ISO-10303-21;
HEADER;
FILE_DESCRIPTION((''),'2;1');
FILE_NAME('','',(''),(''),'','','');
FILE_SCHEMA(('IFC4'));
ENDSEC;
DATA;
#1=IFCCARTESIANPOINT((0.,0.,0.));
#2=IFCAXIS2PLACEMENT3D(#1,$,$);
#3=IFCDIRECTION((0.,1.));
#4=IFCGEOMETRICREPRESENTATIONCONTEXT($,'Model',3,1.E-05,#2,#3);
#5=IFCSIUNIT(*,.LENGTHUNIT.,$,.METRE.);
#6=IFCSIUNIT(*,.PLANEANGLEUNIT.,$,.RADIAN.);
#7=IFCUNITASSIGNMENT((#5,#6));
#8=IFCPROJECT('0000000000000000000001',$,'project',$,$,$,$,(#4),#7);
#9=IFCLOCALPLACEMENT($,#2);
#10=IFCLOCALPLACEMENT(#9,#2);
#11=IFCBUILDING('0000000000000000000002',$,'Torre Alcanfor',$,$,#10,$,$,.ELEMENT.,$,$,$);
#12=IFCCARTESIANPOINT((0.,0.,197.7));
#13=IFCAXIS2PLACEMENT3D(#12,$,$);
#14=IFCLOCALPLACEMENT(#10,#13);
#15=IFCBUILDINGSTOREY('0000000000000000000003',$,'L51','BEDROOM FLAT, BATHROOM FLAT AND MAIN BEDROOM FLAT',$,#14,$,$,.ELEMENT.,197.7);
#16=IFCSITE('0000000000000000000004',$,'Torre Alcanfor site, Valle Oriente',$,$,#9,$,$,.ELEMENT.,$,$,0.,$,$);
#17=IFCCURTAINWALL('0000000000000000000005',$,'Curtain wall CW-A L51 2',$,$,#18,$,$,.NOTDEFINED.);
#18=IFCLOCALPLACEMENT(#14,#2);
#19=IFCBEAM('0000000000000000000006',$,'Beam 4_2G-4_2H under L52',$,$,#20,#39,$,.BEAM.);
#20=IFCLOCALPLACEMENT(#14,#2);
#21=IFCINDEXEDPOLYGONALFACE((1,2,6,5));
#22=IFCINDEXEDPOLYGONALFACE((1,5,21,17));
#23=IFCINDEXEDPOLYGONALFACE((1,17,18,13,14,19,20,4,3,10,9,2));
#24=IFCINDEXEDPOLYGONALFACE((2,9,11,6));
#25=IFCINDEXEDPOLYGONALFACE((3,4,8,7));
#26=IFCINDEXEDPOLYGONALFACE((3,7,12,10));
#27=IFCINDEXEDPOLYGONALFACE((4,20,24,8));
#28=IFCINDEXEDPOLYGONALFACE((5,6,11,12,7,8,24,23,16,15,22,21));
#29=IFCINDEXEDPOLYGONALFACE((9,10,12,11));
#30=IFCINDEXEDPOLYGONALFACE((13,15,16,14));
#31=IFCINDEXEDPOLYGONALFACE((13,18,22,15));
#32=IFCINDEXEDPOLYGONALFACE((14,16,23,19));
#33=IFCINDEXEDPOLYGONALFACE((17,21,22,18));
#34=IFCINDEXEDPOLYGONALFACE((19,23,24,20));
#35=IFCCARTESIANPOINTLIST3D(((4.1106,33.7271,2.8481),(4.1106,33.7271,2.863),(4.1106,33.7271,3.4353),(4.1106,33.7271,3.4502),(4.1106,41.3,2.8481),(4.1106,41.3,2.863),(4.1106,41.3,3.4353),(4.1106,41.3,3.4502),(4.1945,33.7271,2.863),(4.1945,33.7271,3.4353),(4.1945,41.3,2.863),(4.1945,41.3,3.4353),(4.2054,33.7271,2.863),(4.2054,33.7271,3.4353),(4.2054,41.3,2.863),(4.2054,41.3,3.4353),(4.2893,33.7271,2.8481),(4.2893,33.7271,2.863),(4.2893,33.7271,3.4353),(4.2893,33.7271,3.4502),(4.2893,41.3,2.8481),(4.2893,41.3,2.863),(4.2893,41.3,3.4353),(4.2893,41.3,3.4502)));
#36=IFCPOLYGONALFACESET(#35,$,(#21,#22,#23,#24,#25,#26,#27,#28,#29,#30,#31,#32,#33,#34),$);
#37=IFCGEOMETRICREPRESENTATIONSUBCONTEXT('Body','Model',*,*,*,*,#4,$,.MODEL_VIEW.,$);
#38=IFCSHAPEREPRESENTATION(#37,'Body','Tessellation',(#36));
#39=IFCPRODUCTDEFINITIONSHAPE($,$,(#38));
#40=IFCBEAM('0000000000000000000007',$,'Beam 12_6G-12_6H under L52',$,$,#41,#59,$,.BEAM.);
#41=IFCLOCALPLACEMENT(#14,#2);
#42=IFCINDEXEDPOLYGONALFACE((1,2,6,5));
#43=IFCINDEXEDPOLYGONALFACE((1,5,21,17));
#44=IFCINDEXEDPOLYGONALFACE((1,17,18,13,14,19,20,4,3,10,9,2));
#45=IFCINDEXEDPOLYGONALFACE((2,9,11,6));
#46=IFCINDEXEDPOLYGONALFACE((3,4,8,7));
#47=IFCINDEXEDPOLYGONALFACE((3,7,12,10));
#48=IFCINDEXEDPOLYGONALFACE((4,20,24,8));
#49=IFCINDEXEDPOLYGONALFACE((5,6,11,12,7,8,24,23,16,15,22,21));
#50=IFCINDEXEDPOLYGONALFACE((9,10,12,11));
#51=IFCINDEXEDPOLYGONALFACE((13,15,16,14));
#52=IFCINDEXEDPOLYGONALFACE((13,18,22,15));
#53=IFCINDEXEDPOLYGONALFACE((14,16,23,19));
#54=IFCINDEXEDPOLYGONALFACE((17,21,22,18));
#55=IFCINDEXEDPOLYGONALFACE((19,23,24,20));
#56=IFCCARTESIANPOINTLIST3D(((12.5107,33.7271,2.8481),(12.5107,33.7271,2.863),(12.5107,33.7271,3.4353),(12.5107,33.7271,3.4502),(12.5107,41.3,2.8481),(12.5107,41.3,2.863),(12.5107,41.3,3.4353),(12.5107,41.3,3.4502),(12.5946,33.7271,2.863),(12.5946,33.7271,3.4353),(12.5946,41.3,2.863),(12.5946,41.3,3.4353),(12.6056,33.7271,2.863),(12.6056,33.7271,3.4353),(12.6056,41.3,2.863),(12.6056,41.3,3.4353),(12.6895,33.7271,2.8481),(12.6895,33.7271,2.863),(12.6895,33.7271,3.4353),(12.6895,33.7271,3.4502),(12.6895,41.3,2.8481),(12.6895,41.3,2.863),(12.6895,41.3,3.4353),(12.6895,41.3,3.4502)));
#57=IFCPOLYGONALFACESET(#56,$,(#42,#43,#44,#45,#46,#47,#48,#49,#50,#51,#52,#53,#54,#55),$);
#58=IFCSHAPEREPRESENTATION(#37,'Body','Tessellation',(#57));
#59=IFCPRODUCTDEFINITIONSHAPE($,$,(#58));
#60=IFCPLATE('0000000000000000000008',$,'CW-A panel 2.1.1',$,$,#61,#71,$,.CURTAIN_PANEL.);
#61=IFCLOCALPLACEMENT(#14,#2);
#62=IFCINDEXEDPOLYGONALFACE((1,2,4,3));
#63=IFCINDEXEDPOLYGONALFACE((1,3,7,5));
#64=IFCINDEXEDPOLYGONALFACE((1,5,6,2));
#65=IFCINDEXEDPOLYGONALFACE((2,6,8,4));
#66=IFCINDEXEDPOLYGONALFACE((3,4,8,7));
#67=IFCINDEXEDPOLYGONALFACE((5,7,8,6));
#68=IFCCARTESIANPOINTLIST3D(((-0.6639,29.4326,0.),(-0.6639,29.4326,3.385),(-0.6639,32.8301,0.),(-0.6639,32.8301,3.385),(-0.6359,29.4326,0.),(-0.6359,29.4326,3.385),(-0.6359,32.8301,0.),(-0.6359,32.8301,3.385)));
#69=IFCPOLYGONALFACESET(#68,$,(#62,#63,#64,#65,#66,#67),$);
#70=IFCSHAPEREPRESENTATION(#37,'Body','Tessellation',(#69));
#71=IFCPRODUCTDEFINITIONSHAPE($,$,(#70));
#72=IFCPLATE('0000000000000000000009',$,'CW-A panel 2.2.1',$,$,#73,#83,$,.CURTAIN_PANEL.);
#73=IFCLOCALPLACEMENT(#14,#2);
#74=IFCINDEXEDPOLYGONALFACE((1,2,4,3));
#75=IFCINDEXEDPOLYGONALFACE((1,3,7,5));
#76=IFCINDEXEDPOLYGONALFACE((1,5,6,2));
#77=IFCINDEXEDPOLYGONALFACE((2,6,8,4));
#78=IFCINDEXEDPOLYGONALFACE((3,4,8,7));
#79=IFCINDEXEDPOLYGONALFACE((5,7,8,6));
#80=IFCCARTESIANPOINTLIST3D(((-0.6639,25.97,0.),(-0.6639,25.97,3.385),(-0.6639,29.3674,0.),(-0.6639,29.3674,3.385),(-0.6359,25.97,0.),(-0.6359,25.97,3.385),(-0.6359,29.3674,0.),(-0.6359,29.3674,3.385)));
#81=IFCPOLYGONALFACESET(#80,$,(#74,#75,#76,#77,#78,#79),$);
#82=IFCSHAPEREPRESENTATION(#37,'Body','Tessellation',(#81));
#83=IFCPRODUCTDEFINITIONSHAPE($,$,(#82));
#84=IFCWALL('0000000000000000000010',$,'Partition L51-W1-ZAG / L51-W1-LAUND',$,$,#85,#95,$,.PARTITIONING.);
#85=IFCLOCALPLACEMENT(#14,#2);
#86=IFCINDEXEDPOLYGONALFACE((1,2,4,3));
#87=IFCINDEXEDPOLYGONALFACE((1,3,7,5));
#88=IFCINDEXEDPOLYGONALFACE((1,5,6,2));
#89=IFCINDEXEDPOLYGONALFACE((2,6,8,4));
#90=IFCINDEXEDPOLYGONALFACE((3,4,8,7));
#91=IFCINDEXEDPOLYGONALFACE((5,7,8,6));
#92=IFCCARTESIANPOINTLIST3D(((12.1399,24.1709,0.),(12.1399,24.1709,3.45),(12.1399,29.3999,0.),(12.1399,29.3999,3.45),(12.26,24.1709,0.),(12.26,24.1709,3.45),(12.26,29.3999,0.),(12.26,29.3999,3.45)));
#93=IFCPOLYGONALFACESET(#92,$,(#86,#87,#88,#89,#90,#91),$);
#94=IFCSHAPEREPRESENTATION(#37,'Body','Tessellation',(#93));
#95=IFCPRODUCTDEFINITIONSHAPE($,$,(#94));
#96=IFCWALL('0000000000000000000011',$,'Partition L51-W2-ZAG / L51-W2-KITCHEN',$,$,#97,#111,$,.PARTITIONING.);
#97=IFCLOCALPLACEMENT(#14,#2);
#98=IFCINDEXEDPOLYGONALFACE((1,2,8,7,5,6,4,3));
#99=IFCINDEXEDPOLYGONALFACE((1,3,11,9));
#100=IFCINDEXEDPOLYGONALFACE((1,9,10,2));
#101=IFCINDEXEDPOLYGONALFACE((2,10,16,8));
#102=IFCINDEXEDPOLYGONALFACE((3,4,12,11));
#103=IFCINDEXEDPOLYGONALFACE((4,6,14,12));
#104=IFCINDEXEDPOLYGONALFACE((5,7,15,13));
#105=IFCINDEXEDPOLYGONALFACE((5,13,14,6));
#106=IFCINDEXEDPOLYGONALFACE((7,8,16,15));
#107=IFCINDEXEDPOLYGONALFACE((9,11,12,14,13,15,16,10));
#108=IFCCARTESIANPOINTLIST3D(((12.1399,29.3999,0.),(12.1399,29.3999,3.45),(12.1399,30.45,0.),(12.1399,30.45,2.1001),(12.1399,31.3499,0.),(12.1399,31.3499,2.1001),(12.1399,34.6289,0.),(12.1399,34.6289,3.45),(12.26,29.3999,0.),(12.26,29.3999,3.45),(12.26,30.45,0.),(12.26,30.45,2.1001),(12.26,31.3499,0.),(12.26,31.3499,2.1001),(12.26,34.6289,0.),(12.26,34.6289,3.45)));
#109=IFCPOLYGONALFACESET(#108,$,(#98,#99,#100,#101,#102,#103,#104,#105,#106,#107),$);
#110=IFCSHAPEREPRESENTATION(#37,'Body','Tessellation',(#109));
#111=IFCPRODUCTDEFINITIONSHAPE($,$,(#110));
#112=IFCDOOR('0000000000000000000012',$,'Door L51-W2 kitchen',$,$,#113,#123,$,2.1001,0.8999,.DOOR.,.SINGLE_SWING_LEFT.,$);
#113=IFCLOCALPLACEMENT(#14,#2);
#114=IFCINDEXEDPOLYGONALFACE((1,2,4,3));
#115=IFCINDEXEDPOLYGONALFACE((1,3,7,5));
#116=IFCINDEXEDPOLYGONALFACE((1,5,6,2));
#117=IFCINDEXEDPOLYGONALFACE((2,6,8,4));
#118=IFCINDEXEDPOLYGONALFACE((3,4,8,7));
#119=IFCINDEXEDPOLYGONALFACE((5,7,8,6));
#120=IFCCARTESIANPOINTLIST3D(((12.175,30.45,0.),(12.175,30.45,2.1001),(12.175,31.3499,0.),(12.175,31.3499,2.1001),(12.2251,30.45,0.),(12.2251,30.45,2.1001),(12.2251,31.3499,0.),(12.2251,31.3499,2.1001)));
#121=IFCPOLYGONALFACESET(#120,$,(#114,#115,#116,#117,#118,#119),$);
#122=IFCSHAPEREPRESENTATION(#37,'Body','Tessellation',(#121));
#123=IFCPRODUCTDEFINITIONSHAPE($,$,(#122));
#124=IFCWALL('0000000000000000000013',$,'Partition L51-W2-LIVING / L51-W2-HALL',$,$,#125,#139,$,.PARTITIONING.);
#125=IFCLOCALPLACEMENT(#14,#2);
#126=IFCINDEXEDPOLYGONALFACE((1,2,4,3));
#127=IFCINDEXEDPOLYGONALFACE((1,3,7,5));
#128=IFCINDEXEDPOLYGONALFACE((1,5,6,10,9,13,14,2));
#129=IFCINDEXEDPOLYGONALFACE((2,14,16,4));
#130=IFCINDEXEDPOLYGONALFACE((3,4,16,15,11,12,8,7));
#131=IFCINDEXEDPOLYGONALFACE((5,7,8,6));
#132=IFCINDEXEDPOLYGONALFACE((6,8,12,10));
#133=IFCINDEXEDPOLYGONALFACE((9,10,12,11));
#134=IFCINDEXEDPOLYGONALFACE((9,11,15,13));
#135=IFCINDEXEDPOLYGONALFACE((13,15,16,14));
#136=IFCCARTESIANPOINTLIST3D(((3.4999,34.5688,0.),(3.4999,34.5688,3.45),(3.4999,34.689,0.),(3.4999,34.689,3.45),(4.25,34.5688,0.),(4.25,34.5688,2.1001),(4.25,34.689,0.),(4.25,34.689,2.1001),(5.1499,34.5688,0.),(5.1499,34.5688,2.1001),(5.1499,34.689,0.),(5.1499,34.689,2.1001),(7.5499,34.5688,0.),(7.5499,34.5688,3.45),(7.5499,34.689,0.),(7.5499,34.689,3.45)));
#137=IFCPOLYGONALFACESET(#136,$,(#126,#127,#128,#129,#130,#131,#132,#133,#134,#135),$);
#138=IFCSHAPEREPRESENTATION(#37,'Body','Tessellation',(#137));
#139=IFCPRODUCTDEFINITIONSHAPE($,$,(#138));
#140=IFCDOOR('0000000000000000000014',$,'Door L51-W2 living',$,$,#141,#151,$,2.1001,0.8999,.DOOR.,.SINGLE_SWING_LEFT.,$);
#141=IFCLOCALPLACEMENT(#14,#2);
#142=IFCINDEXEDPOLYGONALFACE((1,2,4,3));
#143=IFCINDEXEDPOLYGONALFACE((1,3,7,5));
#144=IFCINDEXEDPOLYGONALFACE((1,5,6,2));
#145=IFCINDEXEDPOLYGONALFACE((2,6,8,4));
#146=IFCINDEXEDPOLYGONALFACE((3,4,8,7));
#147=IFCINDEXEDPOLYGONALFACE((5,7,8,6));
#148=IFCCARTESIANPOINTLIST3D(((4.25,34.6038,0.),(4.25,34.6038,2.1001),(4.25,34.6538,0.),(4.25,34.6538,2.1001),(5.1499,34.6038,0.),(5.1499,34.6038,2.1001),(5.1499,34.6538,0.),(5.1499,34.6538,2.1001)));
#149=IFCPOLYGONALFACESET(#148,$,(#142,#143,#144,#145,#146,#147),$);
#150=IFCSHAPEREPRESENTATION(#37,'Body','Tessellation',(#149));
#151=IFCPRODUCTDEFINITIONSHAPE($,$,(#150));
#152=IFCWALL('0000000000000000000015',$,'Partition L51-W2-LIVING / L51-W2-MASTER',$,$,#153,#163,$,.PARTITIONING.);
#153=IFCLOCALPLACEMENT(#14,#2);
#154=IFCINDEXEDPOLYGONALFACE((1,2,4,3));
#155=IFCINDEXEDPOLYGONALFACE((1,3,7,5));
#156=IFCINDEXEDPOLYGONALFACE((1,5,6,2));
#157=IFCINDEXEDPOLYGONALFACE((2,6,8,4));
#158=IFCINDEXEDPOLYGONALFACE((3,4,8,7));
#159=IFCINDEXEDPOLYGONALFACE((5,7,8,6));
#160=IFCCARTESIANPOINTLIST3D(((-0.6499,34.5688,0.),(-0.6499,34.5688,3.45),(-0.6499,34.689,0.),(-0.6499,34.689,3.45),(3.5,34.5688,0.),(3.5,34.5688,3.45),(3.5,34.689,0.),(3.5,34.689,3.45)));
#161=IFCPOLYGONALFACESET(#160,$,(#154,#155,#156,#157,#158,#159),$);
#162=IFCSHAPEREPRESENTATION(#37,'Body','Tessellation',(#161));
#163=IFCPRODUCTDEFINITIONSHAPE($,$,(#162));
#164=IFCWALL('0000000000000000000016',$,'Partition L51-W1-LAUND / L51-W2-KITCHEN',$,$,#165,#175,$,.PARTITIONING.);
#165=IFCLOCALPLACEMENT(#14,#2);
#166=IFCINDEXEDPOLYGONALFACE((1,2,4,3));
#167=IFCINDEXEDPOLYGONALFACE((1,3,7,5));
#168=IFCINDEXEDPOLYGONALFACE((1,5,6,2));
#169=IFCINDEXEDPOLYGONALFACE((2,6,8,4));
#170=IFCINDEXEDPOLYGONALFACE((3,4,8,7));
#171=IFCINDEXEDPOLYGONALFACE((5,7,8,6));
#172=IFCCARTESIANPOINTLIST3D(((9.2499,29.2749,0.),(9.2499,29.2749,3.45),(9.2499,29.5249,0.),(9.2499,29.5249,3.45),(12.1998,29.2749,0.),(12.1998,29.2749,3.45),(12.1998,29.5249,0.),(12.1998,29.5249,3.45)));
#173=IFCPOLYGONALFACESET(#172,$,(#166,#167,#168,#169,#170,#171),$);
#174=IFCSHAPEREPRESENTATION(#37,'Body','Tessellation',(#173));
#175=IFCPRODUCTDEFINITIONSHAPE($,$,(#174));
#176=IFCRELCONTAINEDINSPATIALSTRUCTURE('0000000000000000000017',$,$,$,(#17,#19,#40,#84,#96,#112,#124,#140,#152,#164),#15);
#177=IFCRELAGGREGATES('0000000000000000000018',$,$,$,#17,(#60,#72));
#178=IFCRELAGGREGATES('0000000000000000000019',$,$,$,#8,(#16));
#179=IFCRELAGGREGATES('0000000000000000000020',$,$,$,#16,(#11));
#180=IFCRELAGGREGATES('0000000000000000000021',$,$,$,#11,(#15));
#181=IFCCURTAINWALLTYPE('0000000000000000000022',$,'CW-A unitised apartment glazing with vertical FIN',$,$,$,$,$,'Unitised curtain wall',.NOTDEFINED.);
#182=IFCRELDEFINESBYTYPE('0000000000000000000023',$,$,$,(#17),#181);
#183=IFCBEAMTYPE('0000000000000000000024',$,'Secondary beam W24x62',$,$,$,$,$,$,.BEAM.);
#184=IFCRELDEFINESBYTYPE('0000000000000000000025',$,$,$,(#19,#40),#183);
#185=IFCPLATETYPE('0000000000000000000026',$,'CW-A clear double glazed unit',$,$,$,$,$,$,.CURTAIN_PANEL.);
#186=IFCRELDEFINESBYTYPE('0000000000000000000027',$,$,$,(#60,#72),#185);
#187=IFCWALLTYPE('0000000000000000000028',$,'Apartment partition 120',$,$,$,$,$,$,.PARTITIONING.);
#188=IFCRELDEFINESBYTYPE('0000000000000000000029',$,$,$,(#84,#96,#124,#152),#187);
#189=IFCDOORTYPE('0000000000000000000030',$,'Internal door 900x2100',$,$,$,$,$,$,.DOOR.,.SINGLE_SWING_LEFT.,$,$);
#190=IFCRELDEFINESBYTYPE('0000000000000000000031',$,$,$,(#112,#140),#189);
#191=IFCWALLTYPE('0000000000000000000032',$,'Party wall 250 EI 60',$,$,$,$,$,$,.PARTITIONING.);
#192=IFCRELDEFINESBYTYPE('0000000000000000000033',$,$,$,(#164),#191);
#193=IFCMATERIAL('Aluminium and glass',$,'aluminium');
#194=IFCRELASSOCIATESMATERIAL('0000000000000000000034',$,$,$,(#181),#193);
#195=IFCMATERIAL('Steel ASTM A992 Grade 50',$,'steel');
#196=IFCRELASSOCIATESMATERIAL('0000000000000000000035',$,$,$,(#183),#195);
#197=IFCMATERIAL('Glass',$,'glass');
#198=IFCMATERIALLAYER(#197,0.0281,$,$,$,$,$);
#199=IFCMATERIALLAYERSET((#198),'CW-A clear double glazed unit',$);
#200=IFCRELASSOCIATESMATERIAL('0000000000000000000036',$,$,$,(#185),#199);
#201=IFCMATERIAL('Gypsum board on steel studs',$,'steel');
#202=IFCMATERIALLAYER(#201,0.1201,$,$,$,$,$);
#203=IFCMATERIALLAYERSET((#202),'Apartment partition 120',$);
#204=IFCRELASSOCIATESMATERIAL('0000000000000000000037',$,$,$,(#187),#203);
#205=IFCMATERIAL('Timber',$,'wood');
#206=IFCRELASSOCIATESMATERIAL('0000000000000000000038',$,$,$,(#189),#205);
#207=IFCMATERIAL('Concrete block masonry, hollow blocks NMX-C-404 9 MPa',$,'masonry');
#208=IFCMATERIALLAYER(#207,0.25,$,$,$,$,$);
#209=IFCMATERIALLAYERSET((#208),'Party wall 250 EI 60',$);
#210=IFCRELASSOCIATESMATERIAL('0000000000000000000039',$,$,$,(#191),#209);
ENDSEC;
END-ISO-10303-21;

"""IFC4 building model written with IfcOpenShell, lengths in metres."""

from ifc_helpers import new_model, si_unit, direction, frame, frame_2d, origin, origin_2d, place, context, subcontext, project, spatial, rectangle, i_section, extrude, material, layer, layer_set, material_profile, profile_set, type_object, element, fill, aggregate, save


model = new_model("IFC4")

# Units and contexts
model_context = context("Model", 3, precision=1e-05, world=origin(), true_north=direction((0.0, 1.0)))
body_context = subcontext(model_context, "Body", "Model", "MODEL_VIEW")
ifc_project = project(units=[si_unit("LENGTHUNIT", "METRE"), si_unit("PLANEANGLEUNIT", "RADIAN")], contexts=[model_context])

# Site, building, storey
site_placement = place(None, origin())
site = spatial("IfcSite", under=ifc_project, at=site_placement, Name="Torre Alcanfor site, Valle Oriente", CompositionType="ELEMENT", RefElevation=0.0)
building_placement = place(site_placement, origin())
building = spatial("IfcBuilding", under=site, at=building_placement, Name="Torre Alcanfor", CompositionType="ELEMENT")
storey_placement = place(building_placement, frame((0.0, 0.0, 197.7)))
storey = spatial("IfcBuildingStorey", under=building, at=storey_placement, Name="L51", Description="BEDROOM FLAT, BATHROOM FLAT AND MAIN BEDROOM FLAT", CompositionType="ELEMENT", Elevation=197.7)

# Curtain wall
ifc_material_1 = material(Name="Aluminium and glass", Category="aluminium")
curtain_wall_type = type_object("IfcCurtainWallType", Name="CW-A unitised apartment glazing with vertical FIN", ElementType="Unitised curtain wall", PredefinedType="NOTDEFINED", material=ifc_material_1)
curtain_wall_placement = place(storey_placement, origin())
curtain_wall = element("IfcCurtainWall", 1, at=curtain_wall_placement, inside=storey, type_object=curtain_wall_type, Name="Curtain wall CW-A L51 2", PredefinedType="NOTDEFINED")

# Beams
ifc_material_2 = material(Name="Steel ASTM A992 Grade 50", Category="steel")
ifc_material_profile_1 = material_profile(ifc_material_2, i_section(OverallWidth=0.1787, OverallDepth=0.6021, WebThickness=0.011, FlangeThickness=0.0149, at=origin_2d()), Name="W24x62")
ifc_profile_set_1 = profile_set([ifc_material_profile_1], Name="Steel ASTM A992 Grade 50")
beam_type_1 = type_object("IfcBeamType", Name="Secondary beam W24x62", PredefinedType="BEAM", material=ifc_profile_set_1)
for number, where, z_axis, x_axis, name in (
    (2, (4.2, 33.7271, 3.1492), (0.0, 1.0, 0.0), (-1.0, 0.0, 0.0), "Beam 4_2G-4_2H under L52"),
    (3, (12.6001, 33.7271, 3.1492), (0.0, 1.0, 0.0), (-1.0, 0.0, 0.0), "Beam 12_6G-12_6H under L52"),
):
    element("IfcBeam", number, at=place(storey_placement, frame(where, z_axis=z_axis, x_axis=x_axis)), inside=storey, type_object=beam_type_1, Name=name, PredefinedType="BEAM", context=body_context, shape_type="SweptSolid", body=[
        extrude(i_section(OverallWidth=0.1787, OverallDepth=0.6021, WebThickness=0.011, FlangeThickness=0.0149, at=origin_2d()), origin(), (0.0, 0.0, 1.0), 7.573),
    ])

# Plates
ifc_material_3 = material(Name="Glass", Category="glass")
ifc_layer_1 = layer(ifc_material_3, 0.0281)
ifc_layer_set_1 = layer_set([ifc_layer_1], Name="CW-A clear double glazed unit")
plate_type = type_object("IfcPlateType", Name="CW-A clear double glazed unit", PredefinedType="CURTAIN_PANEL", material=ifc_layer_set_1)
plate_1_placement = place(storey_placement, frame((-0.6499, 31.1313, 0.0), z_axis=(0.0, 0.0, 1.0), x_axis=(0.0, -1.0, 0.0)))
plate_1 = element("IfcPlate", 4, at=plate_1_placement, type_object=plate_type, Name="CW-A panel 2.1.1", PredefinedType="CURTAIN_PANEL", context=body_context, shape_type="SweptSolid", body=[
    extrude(rectangle(XDim=3.3975, YDim=0.0281, at=origin_2d()), origin(), (0.0, 0.0, 1.0), 3.385),
])
plate_2_placement = place(storey_placement, frame((-0.6499, 27.6687, 0.0), z_axis=(0.0, 0.0, 1.0), x_axis=(0.0, -1.0, 0.0)))
plate_2 = element("IfcPlate", 5, at=plate_2_placement, type_object=plate_type, Name="CW-A panel 2.2.1", PredefinedType="CURTAIN_PANEL", context=body_context, shape_type="SweptSolid", body=[
    extrude(rectangle(XDim=3.3975, YDim=0.0281, at=origin_2d()), origin(), (0.0, 0.0, 1.0), 3.385),
])
aggregate(curtain_wall, [plate_1, plate_2])

# Wall
ifc_material_4 = material(Name="Gypsum board on steel studs", Category="steel")
ifc_layer_2 = layer(ifc_material_4, 0.1201)
ifc_layer_set_2 = layer_set([ifc_layer_2], Name="Apartment partition 120")
wall_type_1 = type_object("IfcWallType", Name="Apartment partition 120", PredefinedType="PARTITIONING", material=ifc_layer_set_2)
wall_1_placement = place(storey_placement, frame((12.2, 29.3999, 0.0), z_axis=(0.0, 0.0, 1.0), x_axis=(0.0, -1.0, 0.0)))
element("IfcWall", 6, at=wall_1_placement, inside=storey, type_object=wall_type_1, Name="Partition L51-W1-ZAG / L51-W1-LAUND", PredefinedType="PARTITIONING", context=body_context, shape_type="SweptSolid", body=[
    extrude(rectangle(XDim=5.229, YDim=0.1201, at=frame_2d((2.6145, 0.0))), origin(), (0.0, 0.0, 1.0), 3.45),
])

# Walls, openings, doors
wall_2_placement = place(storey_placement, frame((12.2, 29.3999, 0.0), z_axis=(0.0, 0.0, 1.0), x_axis=(0.0, 1.0, 0.0)))
wall_2 = element("IfcWall", 7, at=wall_2_placement, inside=storey, type_object=wall_type_1, Name="Partition L51-W2-ZAG / L51-W2-KITCHEN", PredefinedType="PARTITIONING", context=body_context, shape_type="SweptSolid", body=[
    extrude(rectangle(XDim=5.229, YDim=0.1201, at=frame_2d((2.6145, 0.0))), origin(), (0.0, 0.0, 1.0), 3.45),
])
opening_1_placement = place(wall_2_placement, frame((1.05, 0.0, 0.0)))
opening_1 = element("IfcOpeningElement", 8, at=opening_1_placement, cuts=wall_2, PredefinedType="OPENING", context=body_context, shape_type="SweptSolid", body=[
    extrude(rectangle(XDim=0.8999, YDim=2.1001, at=frame_2d((0.45, 1.05))), frame((0.0, 0.0701, 0.0), z_axis=(0.0, -1.0, 0.0), x_axis=(1.0, 0.0, 0.0)), (0.0, 0.0, 1.0), 0.1401),
])
ifc_material_5 = material(Name="Timber", Category="wood")
door_type = type_object("IfcDoorType", Name="Internal door 900x2100", OperationType="SINGLE_SWING_LEFT", PredefinedType="DOOR", material=ifc_material_5)
door_1_placement = place(opening_1_placement, origin())
door_1 = element("IfcDoor", 9, at=door_1_placement, inside=storey, type_object=door_type, Name="Door L51-W2 kitchen", OperationType="SINGLE_SWING_LEFT", OverallHeight=2.1001, OverallWidth=0.8999, PredefinedType="DOOR", context=body_context, shape_type="SweptSolid", body=[
    extrude(rectangle(XDim=0.8999, YDim=2.1001, at=frame_2d((0.45, 1.05))), frame((0.0, 0.0249, 0.0), z_axis=(0.0, -1.0, 0.0), x_axis=(1.0, 0.0, 0.0)), (0.0, 0.0, 1.0), 0.05),
])
fill(opening_1, door_1)
wall_3_placement = place(storey_placement, frame((3.5, 34.6289, 0.0), z_axis=(0.0, 0.0, 1.0), x_axis=(1.0, 0.0, 0.0)))
wall_3 = element("IfcWall", 10, at=wall_3_placement, inside=storey, type_object=wall_type_1, Name="Partition L51-W2-LIVING / L51-W2-HALL", PredefinedType="PARTITIONING", context=body_context, shape_type="SweptSolid", body=[
    extrude(rectangle(XDim=4.05, YDim=0.1201, at=frame_2d((2.0249, 0.0))), origin(), (0.0, 0.0, 1.0), 3.45),
])
opening_2_placement = place(wall_3_placement, frame((0.75, 0.0, 0.0)))
opening_2 = element("IfcOpeningElement", 11, at=opening_2_placement, cuts=wall_3, PredefinedType="OPENING", context=body_context, shape_type="SweptSolid", body=[
    extrude(rectangle(XDim=0.8999, YDim=2.1001, at=frame_2d((0.45, 1.05))), frame((0.0, 0.0701, 0.0), z_axis=(0.0, -1.0, 0.0), x_axis=(1.0, 0.0, 0.0)), (0.0, 0.0, 1.0), 0.1401),
])
door_2_placement = place(opening_2_placement, frame((0.8999, 0.0, 0.0), z_axis=(0.0, 0.0, 1.0), x_axis=(-1.0, 0.0, 0.0)))
door_2 = element("IfcDoor", 12, at=door_2_placement, inside=storey, type_object=door_type, Name="Door L51-W2 living", OperationType="SINGLE_SWING_LEFT", OverallHeight=2.1001, OverallWidth=0.8999, PredefinedType="DOOR", context=body_context, shape_type="SweptSolid", body=[
    extrude(rectangle(XDim=0.8999, YDim=2.1001, at=frame_2d((0.45, 1.05))), frame((0.0, 0.0251, 0.0), z_axis=(0.0, -1.0, 0.0), x_axis=(1.0, 0.0, 0.0)), (0.0, 0.0, 1.0), 0.05),
])
fill(opening_2, door_2)

# Walls
wall_4_placement = place(storey_placement, frame((-0.6499, 34.6289, 0.0), z_axis=(0.0, 0.0, 1.0), x_axis=(1.0, 0.0, 0.0)))
element("IfcWall", 13, at=wall_4_placement, inside=storey, type_object=wall_type_1, Name="Partition L51-W2-LIVING / L51-W2-MASTER", PredefinedType="PARTITIONING", context=body_context, shape_type="SweptSolid", body=[
    extrude(rectangle(XDim=4.1499, YDim=0.1201, at=frame_2d((2.075, 0.0))), origin(), (0.0, 0.0, 1.0), 3.45),
])
ifc_material_6 = material(Name="Concrete block masonry, hollow blocks NMX-C-404 9 MPa", Category="masonry")
ifc_layer_3 = layer(ifc_material_6, 0.25)
ifc_layer_set_3 = layer_set([ifc_layer_3], Name="Party wall 250 EI 60")
wall_type_2 = type_object("IfcWallType", Name="Party wall 250 EI 60", PredefinedType="PARTITIONING", material=ifc_layer_set_3)
wall_5_placement = place(storey_placement, frame((12.2, 29.3999, 0.0), z_axis=(0.0, 0.0, 1.0), x_axis=(-1.0, 0.0, 0.0)))
element("IfcWall", 14, at=wall_5_placement, inside=storey, type_object=wall_type_2, Name="Partition L51-W1-LAUND / L51-W2-KITCHEN", PredefinedType="PARTITIONING", context=body_context, shape_type="SweptSolid", body=[
    extrude(rectangle(XDim=2.95, YDim=0.25, at=frame_2d((1.4751, 0.0))), origin(), (0.0, 0.0, 1.0), 3.45),
])

save(model, "model.ifc")
